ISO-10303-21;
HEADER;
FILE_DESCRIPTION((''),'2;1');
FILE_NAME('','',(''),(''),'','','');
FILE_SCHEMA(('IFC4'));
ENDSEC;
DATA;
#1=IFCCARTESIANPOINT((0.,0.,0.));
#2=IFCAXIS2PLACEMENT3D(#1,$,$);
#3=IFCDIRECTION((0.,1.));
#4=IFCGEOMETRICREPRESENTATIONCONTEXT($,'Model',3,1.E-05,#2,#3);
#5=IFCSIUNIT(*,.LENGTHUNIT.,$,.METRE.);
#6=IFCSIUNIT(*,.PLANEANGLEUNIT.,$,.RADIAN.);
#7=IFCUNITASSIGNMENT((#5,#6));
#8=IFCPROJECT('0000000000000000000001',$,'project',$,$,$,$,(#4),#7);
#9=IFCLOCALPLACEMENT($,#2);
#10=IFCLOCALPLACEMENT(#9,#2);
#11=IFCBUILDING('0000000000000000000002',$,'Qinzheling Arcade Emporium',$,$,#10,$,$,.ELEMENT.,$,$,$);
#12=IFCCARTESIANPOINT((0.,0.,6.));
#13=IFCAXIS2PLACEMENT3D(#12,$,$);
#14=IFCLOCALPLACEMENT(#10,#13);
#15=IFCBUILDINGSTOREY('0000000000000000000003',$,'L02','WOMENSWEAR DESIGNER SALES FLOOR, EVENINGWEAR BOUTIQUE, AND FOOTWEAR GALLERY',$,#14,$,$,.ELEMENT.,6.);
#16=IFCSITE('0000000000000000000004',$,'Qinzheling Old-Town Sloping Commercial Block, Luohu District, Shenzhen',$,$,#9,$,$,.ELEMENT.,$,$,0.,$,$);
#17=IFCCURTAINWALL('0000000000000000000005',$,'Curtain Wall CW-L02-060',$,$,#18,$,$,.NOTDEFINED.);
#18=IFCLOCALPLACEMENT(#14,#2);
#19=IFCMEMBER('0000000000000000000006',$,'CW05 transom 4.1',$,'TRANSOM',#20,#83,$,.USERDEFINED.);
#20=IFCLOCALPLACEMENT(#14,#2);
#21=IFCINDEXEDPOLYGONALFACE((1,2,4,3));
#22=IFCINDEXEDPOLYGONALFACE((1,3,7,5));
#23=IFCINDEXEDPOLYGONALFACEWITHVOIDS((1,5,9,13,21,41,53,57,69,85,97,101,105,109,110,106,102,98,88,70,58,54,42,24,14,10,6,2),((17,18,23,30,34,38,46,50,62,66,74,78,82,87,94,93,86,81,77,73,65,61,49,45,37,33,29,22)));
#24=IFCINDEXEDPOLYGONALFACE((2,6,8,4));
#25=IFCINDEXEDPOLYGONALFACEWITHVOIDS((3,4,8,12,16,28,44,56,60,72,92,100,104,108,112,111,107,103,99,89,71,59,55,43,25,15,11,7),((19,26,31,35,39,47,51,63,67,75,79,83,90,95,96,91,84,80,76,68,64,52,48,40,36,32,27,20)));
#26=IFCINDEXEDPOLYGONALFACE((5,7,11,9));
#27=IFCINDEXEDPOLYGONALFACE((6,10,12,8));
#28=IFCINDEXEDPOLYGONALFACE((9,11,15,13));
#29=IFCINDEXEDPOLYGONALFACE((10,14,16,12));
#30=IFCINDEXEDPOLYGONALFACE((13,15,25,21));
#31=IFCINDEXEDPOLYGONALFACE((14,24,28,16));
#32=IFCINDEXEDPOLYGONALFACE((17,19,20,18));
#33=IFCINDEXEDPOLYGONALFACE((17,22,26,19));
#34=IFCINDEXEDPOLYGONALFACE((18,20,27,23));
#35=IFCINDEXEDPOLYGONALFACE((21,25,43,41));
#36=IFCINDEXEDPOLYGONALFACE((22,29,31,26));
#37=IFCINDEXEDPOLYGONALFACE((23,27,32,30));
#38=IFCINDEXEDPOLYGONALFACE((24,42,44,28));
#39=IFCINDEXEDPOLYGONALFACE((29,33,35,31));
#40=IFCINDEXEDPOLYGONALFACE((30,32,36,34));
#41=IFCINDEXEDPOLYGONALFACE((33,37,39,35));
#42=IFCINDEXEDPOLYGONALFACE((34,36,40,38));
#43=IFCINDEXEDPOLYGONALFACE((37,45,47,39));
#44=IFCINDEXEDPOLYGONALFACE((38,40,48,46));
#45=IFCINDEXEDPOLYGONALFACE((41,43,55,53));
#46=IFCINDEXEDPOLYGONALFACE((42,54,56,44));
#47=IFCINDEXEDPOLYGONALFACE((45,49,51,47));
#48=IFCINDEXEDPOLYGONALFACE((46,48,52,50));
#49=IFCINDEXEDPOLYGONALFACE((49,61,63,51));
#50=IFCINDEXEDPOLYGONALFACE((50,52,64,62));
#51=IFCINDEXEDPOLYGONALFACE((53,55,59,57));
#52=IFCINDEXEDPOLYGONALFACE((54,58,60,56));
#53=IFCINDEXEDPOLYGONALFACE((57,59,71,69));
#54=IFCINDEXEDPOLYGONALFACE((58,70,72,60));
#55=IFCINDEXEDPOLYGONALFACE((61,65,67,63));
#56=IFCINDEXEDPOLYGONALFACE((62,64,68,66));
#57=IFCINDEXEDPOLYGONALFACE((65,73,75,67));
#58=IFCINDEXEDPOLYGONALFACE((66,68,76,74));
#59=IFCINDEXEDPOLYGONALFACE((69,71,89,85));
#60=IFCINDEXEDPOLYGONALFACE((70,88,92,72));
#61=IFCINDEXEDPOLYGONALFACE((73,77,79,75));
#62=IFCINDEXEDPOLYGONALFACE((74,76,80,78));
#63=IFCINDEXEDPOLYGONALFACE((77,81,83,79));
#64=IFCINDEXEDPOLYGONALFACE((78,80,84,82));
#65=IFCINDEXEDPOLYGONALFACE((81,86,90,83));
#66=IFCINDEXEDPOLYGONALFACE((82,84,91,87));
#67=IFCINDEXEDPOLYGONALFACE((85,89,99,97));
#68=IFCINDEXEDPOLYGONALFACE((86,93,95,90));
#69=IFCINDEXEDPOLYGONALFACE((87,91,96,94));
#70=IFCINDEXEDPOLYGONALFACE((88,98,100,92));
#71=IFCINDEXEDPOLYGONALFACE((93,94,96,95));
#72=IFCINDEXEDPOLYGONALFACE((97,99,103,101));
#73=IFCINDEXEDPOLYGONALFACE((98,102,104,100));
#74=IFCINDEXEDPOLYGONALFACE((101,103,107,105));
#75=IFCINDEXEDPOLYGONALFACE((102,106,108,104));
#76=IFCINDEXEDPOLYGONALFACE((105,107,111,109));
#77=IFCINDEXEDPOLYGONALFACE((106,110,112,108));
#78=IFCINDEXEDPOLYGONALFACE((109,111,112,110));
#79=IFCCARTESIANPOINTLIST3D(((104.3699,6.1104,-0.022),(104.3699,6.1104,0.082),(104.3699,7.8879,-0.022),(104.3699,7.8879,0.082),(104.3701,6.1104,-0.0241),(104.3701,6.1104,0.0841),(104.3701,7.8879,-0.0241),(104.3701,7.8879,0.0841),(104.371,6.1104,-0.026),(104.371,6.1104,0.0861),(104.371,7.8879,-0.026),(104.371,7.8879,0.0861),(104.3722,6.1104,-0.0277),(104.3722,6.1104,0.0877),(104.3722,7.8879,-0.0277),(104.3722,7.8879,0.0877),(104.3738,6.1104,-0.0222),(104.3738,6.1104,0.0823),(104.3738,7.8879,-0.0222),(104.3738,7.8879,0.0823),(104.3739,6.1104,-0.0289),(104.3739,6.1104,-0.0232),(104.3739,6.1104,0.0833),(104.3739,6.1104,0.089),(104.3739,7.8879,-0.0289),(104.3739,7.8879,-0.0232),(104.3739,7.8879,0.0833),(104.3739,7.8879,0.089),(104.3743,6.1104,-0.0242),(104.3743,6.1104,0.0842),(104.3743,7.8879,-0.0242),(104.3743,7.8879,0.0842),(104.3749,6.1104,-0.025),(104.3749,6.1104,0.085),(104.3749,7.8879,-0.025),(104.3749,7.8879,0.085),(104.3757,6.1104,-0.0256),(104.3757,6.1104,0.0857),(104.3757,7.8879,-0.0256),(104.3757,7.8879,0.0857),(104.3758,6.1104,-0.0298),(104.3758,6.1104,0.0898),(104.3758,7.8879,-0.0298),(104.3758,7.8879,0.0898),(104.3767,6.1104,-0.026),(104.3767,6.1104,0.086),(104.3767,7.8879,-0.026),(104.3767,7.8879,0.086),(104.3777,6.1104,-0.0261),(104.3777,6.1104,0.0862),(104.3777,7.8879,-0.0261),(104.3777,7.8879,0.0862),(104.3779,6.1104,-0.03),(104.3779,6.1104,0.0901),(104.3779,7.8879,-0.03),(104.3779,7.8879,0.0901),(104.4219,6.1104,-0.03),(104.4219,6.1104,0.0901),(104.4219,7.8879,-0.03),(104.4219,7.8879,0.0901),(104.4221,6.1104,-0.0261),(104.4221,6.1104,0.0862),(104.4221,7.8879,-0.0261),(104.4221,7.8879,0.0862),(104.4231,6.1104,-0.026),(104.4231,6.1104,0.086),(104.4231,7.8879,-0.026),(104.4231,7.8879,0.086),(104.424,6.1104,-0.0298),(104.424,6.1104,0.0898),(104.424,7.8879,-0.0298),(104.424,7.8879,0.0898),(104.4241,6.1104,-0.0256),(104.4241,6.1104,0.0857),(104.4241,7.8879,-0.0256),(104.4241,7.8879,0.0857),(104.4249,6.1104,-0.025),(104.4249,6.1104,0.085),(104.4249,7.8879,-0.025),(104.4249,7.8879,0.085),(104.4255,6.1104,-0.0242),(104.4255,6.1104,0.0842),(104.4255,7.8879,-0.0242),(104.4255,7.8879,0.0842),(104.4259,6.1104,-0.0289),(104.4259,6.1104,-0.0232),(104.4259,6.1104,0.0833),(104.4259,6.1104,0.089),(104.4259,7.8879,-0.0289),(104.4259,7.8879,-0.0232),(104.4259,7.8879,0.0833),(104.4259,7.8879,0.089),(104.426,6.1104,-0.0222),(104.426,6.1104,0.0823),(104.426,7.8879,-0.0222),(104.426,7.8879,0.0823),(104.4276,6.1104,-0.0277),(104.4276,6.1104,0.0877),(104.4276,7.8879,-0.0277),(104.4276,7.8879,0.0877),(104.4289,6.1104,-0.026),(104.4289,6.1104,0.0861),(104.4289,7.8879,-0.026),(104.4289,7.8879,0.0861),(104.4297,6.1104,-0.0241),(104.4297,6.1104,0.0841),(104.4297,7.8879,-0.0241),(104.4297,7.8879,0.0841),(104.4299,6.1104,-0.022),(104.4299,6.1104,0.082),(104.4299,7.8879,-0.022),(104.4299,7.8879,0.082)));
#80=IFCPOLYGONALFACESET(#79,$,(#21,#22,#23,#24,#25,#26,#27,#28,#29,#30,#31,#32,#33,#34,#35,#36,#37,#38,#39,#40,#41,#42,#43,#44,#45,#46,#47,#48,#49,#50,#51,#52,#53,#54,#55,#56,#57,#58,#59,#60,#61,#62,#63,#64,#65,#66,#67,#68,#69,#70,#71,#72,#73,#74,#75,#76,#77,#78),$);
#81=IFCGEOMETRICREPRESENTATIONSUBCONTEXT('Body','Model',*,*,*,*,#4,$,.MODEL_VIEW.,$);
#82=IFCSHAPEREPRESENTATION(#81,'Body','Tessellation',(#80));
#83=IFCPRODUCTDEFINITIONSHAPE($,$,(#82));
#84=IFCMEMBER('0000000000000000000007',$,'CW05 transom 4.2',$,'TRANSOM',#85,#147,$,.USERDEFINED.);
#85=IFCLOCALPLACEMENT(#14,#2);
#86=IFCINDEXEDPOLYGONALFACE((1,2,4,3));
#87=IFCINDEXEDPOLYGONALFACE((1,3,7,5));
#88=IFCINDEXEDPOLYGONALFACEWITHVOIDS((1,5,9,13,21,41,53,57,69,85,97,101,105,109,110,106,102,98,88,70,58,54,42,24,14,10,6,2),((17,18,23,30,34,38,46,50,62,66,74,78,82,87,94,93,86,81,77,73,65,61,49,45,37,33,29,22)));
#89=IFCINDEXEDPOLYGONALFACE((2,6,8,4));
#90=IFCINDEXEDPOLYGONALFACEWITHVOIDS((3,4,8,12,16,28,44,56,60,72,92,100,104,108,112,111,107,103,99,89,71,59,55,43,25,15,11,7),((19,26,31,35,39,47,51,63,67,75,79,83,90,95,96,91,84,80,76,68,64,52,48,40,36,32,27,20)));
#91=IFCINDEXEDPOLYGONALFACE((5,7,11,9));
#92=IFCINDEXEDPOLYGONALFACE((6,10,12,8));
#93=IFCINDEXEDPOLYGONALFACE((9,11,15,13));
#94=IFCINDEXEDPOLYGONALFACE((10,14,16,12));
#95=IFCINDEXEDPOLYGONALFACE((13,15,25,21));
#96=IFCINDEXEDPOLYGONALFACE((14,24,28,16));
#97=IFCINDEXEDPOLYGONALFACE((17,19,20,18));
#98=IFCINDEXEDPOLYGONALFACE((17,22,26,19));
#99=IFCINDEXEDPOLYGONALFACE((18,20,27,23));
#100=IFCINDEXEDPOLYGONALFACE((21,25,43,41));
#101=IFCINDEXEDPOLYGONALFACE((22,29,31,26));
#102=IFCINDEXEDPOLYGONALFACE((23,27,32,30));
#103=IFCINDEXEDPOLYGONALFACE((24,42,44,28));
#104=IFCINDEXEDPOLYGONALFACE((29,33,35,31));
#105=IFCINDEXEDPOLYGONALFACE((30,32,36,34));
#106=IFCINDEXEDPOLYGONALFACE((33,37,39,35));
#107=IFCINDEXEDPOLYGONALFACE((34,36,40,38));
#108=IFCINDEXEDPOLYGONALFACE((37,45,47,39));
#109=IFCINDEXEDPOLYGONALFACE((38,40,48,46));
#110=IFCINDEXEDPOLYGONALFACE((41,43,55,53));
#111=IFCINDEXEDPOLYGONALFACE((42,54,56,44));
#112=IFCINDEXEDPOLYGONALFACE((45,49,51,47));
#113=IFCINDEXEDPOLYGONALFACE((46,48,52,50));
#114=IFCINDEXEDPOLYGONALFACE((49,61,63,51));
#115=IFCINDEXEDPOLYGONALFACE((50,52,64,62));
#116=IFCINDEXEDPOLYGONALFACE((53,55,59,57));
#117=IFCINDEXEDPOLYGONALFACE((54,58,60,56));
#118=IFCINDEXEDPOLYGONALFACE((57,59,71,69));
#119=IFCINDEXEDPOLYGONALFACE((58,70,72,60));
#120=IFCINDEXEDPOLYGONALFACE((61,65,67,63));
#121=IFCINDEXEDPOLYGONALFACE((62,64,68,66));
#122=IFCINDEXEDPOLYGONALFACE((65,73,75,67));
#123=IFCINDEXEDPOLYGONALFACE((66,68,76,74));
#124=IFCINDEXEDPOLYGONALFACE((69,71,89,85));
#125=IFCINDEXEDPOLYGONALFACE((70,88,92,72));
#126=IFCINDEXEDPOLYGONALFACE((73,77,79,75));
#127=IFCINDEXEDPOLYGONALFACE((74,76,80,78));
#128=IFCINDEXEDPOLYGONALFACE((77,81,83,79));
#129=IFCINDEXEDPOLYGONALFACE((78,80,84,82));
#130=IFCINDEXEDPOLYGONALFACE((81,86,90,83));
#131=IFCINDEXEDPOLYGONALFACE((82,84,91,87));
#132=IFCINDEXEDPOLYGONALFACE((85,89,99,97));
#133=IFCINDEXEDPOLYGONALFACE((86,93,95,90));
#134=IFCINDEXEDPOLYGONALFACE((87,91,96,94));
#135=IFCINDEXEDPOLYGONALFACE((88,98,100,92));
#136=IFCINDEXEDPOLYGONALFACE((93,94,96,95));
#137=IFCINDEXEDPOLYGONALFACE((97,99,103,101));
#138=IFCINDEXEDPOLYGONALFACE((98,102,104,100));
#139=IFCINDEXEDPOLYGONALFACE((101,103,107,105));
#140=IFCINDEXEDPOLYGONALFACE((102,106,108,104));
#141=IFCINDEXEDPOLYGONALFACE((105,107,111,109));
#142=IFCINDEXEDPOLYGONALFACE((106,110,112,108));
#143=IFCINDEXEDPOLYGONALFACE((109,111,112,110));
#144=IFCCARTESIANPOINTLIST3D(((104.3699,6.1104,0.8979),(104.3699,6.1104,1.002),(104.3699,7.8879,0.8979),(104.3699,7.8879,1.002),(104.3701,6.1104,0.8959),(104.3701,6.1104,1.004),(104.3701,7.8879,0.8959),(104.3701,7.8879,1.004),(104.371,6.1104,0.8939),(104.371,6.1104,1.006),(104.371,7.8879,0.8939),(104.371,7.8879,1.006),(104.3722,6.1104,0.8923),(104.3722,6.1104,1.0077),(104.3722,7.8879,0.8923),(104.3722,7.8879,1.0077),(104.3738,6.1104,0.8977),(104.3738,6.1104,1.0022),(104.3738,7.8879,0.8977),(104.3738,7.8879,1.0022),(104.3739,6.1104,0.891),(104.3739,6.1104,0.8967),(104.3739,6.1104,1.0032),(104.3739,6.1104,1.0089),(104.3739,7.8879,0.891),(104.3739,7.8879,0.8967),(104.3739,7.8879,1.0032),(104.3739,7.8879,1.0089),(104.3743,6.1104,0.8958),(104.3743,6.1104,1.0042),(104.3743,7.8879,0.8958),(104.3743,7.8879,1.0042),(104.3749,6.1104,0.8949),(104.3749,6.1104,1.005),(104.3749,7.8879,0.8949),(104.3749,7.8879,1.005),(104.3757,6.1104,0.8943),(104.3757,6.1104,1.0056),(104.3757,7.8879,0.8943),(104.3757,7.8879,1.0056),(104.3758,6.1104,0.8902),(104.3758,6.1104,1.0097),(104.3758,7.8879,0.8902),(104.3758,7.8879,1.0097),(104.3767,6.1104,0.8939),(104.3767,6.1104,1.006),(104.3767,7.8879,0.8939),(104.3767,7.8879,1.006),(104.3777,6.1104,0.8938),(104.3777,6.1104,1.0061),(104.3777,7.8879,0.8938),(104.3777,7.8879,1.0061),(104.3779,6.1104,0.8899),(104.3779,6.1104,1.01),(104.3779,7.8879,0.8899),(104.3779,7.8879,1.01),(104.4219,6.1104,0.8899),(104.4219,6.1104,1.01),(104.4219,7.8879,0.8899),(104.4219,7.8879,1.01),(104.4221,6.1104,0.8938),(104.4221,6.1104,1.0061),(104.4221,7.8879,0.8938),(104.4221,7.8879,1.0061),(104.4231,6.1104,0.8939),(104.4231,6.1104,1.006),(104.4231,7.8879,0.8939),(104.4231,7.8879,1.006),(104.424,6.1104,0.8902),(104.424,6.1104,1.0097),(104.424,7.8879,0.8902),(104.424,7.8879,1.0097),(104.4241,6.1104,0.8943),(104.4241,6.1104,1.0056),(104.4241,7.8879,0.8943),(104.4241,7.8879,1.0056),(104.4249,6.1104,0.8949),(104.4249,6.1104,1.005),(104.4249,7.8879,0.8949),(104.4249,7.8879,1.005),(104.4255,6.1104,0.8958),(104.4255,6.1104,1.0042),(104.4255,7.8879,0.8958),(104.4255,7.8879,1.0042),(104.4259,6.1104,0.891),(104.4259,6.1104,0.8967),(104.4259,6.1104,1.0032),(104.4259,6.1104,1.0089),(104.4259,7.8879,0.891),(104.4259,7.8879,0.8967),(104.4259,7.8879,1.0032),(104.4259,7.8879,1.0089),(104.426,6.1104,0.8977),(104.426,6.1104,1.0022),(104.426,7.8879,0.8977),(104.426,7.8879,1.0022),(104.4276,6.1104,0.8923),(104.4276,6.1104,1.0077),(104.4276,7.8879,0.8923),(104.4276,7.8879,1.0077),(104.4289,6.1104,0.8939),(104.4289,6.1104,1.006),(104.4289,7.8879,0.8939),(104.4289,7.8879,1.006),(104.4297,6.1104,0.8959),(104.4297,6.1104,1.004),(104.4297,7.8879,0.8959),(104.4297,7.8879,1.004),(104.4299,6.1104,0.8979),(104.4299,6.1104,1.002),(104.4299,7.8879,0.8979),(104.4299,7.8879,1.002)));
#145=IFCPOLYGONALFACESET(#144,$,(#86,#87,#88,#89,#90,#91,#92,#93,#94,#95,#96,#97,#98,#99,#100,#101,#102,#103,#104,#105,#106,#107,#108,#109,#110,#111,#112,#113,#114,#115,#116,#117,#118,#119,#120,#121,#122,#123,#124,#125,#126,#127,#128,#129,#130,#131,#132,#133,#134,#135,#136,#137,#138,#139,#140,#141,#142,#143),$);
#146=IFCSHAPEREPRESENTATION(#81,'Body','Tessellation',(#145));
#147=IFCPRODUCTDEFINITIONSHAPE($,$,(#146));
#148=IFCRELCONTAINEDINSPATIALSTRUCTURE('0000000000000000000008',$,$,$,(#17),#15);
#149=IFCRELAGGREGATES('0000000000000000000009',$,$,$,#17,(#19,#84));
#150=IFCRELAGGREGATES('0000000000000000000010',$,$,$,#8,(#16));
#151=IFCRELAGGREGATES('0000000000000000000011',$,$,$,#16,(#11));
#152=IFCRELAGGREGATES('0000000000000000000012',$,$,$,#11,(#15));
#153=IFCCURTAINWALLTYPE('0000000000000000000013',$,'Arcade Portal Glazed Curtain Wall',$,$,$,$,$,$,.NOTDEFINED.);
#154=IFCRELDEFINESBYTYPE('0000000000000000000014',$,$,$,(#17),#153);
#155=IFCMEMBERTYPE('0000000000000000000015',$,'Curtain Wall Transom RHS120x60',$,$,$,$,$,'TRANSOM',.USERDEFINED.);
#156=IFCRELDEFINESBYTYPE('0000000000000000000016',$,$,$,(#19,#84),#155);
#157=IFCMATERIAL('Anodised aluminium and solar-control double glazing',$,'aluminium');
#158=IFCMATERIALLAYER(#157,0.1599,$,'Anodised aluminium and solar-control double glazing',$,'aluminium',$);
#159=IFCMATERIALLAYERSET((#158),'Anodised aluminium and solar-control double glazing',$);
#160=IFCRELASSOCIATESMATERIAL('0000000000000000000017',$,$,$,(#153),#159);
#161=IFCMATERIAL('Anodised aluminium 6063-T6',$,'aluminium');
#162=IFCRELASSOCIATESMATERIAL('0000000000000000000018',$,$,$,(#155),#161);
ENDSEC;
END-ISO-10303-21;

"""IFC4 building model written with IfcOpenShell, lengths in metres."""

from ifc_helpers import new_model, si_unit, direction, frame, origin, origin_2d, place, context, subcontext, project, spatial, hollow_rectangle, extrude, material, layer, layer_set, material_profile, profile_set, type_object, element, aggregate, save


model = new_model("IFC4")

# Units and contexts
model_context = context("Model", 3, precision=1e-05, world=origin(), true_north=direction((0.0, 1.0)))
body_context = subcontext(model_context, "Body", "Model", "MODEL_VIEW")
ifc_project = project(units=[si_unit("LENGTHUNIT", "METRE"), si_unit("PLANEANGLEUNIT", "RADIAN")], contexts=[model_context])

# Site, building, storey
site_placement = place(None, origin())
site = spatial("IfcSite", under=ifc_project, at=site_placement, Name="Qinzheling Old-Town Sloping Commercial Block, Luohu District, Shenzhen", CompositionType="ELEMENT", RefElevation=0.0)
building_placement = place(site_placement, origin())
building = spatial("IfcBuilding", under=site, at=building_placement, Name="Qinzheling Arcade Emporium", CompositionType="ELEMENT")
storey_placement = place(building_placement, frame((0.0, 0.0, 6.0)))
storey = spatial("IfcBuildingStorey", under=building, at=storey_placement, Name="L02", Description="WOMENSWEAR DESIGNER SALES FLOOR, EVENINGWEAR BOUTIQUE, AND FOOTWEAR GALLERY", CompositionType="ELEMENT", Elevation=6.0)

# Curtain wall, members
ifc_material_1 = material(Name="Anodised aluminium and solar-control double glazing", Category="aluminium")
ifc_layer_1 = layer(ifc_material_1, 0.1599, Name="Anodised aluminium and solar-control double glazing", Category="aluminium")
ifc_layer_set_1 = layer_set([ifc_layer_1], Name="Anodised aluminium and solar-control double glazing")
curtain_wall_type = type_object("IfcCurtainWallType", Name="Arcade Portal Glazed Curtain Wall", PredefinedType="NOTDEFINED", material=ifc_layer_set_1)
curtain_wall_placement = place(storey_placement, origin())
curtain_wall = element("IfcCurtainWall", 1, at=curtain_wall_placement, inside=storey, type_object=curtain_wall_type, Name="Curtain Wall CW-L02-060", PredefinedType="NOTDEFINED")
ifc_material_2 = material(Name="Anodised aluminium 6063-T6", Category="aluminium")
ifc_material_profile_1 = material_profile(ifc_material_2, hollow_rectangle(XDim=0.0601, YDim=0.1201, WallThickness=0.0039, InnerFilletRadius=0.0039, OuterFilletRadius=0.0081, at=origin_2d()), Name="RHS 120x60x4", Category="aluminium")
ifc_profile_set_1 = profile_set([ifc_material_profile_1], Name="Anodised aluminium 6063-T6")
member_type_1 = type_object("IfcMemberType", Name="Curtain Wall Transom RHS120x60", ElementType="TRANSOM", PredefinedType="USERDEFINED", material=ifc_profile_set_1)
member_1_placement = place(storey_placement, frame((104.3999, 6.1104, 0.03), z_axis=(0.0, 1.0, 0.0), x_axis=(-1.0, 0.0, 0.0)))
member_1 = element("IfcMember", 2, at=member_1_placement, type_object=member_type_1, Name="CW05 transom 4.1", ObjectType="TRANSOM", PredefinedType="USERDEFINED", context=body_context, shape_type="SweptSolid", body=[
    extrude(hollow_rectangle(XDim=0.0601, YDim=0.1201, WallThickness=0.0039, InnerFilletRadius=0.0039, OuterFilletRadius=0.0081, at=origin_2d()), origin(), (0.0, 0.0, 1.0), 1.7776),
])
member_2_placement = place(storey_placement, frame((104.3999, 6.1104, 0.95), z_axis=(0.0, 1.0, 0.0), x_axis=(-1.0, 0.0, 0.0)))
member_2 = element("IfcMember", 3, at=member_2_placement, type_object=member_type_1, Name="CW05 transom 4.2", ObjectType="TRANSOM", PredefinedType="USERDEFINED", context=body_context, shape_type="SweptSolid", body=[
    extrude(hollow_rectangle(XDim=0.0601, YDim=0.1201, WallThickness=0.0039, InnerFilletRadius=0.0039, OuterFilletRadius=0.0081, at=origin_2d()), origin(), (0.0, 0.0, 1.0), 1.7776),
])

aggregate(curtain_wall, [member_1, member_2])

save(model, "model.ifc")
